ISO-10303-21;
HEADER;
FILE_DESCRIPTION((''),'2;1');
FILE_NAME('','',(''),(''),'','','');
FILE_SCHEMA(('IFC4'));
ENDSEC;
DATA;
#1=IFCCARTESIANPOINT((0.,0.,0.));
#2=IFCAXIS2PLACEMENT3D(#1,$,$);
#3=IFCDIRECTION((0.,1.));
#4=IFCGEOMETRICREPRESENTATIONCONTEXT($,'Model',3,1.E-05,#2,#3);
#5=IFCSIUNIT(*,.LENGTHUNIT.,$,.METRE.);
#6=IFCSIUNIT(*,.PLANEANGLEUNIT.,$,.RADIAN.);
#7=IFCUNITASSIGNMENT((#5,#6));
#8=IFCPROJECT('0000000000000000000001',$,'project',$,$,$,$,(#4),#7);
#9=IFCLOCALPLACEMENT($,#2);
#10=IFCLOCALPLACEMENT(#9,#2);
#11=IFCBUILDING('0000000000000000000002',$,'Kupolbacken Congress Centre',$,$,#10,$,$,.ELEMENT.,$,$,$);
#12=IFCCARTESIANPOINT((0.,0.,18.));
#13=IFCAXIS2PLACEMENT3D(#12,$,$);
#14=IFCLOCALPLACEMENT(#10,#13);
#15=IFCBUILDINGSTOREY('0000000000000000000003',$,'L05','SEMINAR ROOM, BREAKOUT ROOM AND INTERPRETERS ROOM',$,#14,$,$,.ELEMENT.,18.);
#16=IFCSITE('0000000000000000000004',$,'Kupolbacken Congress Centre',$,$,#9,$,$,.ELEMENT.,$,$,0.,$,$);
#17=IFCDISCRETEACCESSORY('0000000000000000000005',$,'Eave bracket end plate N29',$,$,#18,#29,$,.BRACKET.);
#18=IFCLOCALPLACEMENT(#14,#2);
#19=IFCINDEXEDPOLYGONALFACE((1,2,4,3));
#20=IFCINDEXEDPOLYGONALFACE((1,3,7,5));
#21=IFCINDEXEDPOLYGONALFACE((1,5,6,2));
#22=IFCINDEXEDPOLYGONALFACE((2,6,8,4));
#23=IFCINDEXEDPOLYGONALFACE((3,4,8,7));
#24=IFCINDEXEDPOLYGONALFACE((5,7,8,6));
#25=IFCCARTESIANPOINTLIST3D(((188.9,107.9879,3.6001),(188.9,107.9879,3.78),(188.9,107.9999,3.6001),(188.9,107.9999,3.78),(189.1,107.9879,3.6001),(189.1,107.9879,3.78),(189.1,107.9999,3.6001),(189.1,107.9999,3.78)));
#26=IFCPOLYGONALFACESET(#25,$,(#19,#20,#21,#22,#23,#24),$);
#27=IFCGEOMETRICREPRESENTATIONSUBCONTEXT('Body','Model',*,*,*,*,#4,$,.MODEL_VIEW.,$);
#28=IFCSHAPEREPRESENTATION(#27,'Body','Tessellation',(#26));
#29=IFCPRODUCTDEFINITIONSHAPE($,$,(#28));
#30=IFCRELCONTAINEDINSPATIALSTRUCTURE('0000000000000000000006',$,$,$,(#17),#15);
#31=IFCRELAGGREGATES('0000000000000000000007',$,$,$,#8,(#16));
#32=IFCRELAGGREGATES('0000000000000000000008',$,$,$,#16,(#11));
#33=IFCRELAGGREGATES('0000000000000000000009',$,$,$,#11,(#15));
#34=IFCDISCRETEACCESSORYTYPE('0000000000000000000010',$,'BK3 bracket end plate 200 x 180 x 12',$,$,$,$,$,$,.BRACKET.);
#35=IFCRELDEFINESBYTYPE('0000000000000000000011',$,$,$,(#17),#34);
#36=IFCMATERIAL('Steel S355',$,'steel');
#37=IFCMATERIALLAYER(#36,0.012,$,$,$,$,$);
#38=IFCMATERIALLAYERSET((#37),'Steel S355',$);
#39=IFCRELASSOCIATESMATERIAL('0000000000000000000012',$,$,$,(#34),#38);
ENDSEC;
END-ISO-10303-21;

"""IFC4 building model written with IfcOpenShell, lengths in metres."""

from ifc_helpers import new_model, si_unit, direction, frame, origin, origin_2d, place, context, subcontext, project, spatial, rectangle, extrude, material, layer, layer_set, type_object, element, save


model = new_model("IFC4")

# Units and contexts
model_context = context("Model", 3, precision=1e-05, world=origin(), true_north=direction((0.0, 1.0)))
body_context = subcontext(model_context, "Body", "Model", "MODEL_VIEW")
ifc_project = project(units=[si_unit("LENGTHUNIT", "METRE"), si_unit("PLANEANGLEUNIT", "RADIAN")], contexts=[model_context])

# Site, building, storey
site_placement = place(None, origin())
site = spatial("IfcSite", under=ifc_project, at=site_placement, Name="Kupolbacken Congress Centre", CompositionType="ELEMENT", RefElevation=0.0)
building_placement = place(site_placement, origin())
building = spatial("IfcBuilding", under=site, at=building_placement, Name="Kupolbacken Congress Centre", CompositionType="ELEMENT")
storey_placement = place(building_placement, frame((0.0, 0.0, 18.0)))
storey = spatial("IfcBuildingStorey", under=building, at=storey_placement, Name="L05", Description="SEMINAR ROOM, BREAKOUT ROOM AND INTERPRETERS ROOM", CompositionType="ELEMENT", Elevation=18.0)

# Discrete accessory
ifc_material_1 = material(Name="Steel S355", Category="steel")
ifc_layer_1 = layer(ifc_material_1, 0.012)
ifc_layer_set_1 = layer_set([ifc_layer_1], Name="Steel S355")
discrete_accessory_type = type_object("IfcDiscreteAccessoryType", Name="BK3 bracket end plate 200 x 180 x 12", PredefinedType="BRACKET", material=ifc_layer_set_1)
for number, where, z_axis, x_axis, name in (
    (1, (189.0, 107.9939, 3.6001), (0.0, 0.0, 1.0), (1.0, 0.0, 0.0), "Eave bracket end plate N29"),
):
    element("IfcDiscreteAccessory", number, at=place(storey_placement, frame(where, z_axis=z_axis, x_axis=x_axis)), inside=storey, type_object=discrete_accessory_type, Name=name, PredefinedType="BRACKET", context=body_context, shape_type="SweptSolid", body=[
        extrude(rectangle(XDim=0.2, YDim=0.012, at=origin_2d()), origin(), (0.0, 0.0, 1.0), 0.1799),
    ])

save(model, "model.ifc")
